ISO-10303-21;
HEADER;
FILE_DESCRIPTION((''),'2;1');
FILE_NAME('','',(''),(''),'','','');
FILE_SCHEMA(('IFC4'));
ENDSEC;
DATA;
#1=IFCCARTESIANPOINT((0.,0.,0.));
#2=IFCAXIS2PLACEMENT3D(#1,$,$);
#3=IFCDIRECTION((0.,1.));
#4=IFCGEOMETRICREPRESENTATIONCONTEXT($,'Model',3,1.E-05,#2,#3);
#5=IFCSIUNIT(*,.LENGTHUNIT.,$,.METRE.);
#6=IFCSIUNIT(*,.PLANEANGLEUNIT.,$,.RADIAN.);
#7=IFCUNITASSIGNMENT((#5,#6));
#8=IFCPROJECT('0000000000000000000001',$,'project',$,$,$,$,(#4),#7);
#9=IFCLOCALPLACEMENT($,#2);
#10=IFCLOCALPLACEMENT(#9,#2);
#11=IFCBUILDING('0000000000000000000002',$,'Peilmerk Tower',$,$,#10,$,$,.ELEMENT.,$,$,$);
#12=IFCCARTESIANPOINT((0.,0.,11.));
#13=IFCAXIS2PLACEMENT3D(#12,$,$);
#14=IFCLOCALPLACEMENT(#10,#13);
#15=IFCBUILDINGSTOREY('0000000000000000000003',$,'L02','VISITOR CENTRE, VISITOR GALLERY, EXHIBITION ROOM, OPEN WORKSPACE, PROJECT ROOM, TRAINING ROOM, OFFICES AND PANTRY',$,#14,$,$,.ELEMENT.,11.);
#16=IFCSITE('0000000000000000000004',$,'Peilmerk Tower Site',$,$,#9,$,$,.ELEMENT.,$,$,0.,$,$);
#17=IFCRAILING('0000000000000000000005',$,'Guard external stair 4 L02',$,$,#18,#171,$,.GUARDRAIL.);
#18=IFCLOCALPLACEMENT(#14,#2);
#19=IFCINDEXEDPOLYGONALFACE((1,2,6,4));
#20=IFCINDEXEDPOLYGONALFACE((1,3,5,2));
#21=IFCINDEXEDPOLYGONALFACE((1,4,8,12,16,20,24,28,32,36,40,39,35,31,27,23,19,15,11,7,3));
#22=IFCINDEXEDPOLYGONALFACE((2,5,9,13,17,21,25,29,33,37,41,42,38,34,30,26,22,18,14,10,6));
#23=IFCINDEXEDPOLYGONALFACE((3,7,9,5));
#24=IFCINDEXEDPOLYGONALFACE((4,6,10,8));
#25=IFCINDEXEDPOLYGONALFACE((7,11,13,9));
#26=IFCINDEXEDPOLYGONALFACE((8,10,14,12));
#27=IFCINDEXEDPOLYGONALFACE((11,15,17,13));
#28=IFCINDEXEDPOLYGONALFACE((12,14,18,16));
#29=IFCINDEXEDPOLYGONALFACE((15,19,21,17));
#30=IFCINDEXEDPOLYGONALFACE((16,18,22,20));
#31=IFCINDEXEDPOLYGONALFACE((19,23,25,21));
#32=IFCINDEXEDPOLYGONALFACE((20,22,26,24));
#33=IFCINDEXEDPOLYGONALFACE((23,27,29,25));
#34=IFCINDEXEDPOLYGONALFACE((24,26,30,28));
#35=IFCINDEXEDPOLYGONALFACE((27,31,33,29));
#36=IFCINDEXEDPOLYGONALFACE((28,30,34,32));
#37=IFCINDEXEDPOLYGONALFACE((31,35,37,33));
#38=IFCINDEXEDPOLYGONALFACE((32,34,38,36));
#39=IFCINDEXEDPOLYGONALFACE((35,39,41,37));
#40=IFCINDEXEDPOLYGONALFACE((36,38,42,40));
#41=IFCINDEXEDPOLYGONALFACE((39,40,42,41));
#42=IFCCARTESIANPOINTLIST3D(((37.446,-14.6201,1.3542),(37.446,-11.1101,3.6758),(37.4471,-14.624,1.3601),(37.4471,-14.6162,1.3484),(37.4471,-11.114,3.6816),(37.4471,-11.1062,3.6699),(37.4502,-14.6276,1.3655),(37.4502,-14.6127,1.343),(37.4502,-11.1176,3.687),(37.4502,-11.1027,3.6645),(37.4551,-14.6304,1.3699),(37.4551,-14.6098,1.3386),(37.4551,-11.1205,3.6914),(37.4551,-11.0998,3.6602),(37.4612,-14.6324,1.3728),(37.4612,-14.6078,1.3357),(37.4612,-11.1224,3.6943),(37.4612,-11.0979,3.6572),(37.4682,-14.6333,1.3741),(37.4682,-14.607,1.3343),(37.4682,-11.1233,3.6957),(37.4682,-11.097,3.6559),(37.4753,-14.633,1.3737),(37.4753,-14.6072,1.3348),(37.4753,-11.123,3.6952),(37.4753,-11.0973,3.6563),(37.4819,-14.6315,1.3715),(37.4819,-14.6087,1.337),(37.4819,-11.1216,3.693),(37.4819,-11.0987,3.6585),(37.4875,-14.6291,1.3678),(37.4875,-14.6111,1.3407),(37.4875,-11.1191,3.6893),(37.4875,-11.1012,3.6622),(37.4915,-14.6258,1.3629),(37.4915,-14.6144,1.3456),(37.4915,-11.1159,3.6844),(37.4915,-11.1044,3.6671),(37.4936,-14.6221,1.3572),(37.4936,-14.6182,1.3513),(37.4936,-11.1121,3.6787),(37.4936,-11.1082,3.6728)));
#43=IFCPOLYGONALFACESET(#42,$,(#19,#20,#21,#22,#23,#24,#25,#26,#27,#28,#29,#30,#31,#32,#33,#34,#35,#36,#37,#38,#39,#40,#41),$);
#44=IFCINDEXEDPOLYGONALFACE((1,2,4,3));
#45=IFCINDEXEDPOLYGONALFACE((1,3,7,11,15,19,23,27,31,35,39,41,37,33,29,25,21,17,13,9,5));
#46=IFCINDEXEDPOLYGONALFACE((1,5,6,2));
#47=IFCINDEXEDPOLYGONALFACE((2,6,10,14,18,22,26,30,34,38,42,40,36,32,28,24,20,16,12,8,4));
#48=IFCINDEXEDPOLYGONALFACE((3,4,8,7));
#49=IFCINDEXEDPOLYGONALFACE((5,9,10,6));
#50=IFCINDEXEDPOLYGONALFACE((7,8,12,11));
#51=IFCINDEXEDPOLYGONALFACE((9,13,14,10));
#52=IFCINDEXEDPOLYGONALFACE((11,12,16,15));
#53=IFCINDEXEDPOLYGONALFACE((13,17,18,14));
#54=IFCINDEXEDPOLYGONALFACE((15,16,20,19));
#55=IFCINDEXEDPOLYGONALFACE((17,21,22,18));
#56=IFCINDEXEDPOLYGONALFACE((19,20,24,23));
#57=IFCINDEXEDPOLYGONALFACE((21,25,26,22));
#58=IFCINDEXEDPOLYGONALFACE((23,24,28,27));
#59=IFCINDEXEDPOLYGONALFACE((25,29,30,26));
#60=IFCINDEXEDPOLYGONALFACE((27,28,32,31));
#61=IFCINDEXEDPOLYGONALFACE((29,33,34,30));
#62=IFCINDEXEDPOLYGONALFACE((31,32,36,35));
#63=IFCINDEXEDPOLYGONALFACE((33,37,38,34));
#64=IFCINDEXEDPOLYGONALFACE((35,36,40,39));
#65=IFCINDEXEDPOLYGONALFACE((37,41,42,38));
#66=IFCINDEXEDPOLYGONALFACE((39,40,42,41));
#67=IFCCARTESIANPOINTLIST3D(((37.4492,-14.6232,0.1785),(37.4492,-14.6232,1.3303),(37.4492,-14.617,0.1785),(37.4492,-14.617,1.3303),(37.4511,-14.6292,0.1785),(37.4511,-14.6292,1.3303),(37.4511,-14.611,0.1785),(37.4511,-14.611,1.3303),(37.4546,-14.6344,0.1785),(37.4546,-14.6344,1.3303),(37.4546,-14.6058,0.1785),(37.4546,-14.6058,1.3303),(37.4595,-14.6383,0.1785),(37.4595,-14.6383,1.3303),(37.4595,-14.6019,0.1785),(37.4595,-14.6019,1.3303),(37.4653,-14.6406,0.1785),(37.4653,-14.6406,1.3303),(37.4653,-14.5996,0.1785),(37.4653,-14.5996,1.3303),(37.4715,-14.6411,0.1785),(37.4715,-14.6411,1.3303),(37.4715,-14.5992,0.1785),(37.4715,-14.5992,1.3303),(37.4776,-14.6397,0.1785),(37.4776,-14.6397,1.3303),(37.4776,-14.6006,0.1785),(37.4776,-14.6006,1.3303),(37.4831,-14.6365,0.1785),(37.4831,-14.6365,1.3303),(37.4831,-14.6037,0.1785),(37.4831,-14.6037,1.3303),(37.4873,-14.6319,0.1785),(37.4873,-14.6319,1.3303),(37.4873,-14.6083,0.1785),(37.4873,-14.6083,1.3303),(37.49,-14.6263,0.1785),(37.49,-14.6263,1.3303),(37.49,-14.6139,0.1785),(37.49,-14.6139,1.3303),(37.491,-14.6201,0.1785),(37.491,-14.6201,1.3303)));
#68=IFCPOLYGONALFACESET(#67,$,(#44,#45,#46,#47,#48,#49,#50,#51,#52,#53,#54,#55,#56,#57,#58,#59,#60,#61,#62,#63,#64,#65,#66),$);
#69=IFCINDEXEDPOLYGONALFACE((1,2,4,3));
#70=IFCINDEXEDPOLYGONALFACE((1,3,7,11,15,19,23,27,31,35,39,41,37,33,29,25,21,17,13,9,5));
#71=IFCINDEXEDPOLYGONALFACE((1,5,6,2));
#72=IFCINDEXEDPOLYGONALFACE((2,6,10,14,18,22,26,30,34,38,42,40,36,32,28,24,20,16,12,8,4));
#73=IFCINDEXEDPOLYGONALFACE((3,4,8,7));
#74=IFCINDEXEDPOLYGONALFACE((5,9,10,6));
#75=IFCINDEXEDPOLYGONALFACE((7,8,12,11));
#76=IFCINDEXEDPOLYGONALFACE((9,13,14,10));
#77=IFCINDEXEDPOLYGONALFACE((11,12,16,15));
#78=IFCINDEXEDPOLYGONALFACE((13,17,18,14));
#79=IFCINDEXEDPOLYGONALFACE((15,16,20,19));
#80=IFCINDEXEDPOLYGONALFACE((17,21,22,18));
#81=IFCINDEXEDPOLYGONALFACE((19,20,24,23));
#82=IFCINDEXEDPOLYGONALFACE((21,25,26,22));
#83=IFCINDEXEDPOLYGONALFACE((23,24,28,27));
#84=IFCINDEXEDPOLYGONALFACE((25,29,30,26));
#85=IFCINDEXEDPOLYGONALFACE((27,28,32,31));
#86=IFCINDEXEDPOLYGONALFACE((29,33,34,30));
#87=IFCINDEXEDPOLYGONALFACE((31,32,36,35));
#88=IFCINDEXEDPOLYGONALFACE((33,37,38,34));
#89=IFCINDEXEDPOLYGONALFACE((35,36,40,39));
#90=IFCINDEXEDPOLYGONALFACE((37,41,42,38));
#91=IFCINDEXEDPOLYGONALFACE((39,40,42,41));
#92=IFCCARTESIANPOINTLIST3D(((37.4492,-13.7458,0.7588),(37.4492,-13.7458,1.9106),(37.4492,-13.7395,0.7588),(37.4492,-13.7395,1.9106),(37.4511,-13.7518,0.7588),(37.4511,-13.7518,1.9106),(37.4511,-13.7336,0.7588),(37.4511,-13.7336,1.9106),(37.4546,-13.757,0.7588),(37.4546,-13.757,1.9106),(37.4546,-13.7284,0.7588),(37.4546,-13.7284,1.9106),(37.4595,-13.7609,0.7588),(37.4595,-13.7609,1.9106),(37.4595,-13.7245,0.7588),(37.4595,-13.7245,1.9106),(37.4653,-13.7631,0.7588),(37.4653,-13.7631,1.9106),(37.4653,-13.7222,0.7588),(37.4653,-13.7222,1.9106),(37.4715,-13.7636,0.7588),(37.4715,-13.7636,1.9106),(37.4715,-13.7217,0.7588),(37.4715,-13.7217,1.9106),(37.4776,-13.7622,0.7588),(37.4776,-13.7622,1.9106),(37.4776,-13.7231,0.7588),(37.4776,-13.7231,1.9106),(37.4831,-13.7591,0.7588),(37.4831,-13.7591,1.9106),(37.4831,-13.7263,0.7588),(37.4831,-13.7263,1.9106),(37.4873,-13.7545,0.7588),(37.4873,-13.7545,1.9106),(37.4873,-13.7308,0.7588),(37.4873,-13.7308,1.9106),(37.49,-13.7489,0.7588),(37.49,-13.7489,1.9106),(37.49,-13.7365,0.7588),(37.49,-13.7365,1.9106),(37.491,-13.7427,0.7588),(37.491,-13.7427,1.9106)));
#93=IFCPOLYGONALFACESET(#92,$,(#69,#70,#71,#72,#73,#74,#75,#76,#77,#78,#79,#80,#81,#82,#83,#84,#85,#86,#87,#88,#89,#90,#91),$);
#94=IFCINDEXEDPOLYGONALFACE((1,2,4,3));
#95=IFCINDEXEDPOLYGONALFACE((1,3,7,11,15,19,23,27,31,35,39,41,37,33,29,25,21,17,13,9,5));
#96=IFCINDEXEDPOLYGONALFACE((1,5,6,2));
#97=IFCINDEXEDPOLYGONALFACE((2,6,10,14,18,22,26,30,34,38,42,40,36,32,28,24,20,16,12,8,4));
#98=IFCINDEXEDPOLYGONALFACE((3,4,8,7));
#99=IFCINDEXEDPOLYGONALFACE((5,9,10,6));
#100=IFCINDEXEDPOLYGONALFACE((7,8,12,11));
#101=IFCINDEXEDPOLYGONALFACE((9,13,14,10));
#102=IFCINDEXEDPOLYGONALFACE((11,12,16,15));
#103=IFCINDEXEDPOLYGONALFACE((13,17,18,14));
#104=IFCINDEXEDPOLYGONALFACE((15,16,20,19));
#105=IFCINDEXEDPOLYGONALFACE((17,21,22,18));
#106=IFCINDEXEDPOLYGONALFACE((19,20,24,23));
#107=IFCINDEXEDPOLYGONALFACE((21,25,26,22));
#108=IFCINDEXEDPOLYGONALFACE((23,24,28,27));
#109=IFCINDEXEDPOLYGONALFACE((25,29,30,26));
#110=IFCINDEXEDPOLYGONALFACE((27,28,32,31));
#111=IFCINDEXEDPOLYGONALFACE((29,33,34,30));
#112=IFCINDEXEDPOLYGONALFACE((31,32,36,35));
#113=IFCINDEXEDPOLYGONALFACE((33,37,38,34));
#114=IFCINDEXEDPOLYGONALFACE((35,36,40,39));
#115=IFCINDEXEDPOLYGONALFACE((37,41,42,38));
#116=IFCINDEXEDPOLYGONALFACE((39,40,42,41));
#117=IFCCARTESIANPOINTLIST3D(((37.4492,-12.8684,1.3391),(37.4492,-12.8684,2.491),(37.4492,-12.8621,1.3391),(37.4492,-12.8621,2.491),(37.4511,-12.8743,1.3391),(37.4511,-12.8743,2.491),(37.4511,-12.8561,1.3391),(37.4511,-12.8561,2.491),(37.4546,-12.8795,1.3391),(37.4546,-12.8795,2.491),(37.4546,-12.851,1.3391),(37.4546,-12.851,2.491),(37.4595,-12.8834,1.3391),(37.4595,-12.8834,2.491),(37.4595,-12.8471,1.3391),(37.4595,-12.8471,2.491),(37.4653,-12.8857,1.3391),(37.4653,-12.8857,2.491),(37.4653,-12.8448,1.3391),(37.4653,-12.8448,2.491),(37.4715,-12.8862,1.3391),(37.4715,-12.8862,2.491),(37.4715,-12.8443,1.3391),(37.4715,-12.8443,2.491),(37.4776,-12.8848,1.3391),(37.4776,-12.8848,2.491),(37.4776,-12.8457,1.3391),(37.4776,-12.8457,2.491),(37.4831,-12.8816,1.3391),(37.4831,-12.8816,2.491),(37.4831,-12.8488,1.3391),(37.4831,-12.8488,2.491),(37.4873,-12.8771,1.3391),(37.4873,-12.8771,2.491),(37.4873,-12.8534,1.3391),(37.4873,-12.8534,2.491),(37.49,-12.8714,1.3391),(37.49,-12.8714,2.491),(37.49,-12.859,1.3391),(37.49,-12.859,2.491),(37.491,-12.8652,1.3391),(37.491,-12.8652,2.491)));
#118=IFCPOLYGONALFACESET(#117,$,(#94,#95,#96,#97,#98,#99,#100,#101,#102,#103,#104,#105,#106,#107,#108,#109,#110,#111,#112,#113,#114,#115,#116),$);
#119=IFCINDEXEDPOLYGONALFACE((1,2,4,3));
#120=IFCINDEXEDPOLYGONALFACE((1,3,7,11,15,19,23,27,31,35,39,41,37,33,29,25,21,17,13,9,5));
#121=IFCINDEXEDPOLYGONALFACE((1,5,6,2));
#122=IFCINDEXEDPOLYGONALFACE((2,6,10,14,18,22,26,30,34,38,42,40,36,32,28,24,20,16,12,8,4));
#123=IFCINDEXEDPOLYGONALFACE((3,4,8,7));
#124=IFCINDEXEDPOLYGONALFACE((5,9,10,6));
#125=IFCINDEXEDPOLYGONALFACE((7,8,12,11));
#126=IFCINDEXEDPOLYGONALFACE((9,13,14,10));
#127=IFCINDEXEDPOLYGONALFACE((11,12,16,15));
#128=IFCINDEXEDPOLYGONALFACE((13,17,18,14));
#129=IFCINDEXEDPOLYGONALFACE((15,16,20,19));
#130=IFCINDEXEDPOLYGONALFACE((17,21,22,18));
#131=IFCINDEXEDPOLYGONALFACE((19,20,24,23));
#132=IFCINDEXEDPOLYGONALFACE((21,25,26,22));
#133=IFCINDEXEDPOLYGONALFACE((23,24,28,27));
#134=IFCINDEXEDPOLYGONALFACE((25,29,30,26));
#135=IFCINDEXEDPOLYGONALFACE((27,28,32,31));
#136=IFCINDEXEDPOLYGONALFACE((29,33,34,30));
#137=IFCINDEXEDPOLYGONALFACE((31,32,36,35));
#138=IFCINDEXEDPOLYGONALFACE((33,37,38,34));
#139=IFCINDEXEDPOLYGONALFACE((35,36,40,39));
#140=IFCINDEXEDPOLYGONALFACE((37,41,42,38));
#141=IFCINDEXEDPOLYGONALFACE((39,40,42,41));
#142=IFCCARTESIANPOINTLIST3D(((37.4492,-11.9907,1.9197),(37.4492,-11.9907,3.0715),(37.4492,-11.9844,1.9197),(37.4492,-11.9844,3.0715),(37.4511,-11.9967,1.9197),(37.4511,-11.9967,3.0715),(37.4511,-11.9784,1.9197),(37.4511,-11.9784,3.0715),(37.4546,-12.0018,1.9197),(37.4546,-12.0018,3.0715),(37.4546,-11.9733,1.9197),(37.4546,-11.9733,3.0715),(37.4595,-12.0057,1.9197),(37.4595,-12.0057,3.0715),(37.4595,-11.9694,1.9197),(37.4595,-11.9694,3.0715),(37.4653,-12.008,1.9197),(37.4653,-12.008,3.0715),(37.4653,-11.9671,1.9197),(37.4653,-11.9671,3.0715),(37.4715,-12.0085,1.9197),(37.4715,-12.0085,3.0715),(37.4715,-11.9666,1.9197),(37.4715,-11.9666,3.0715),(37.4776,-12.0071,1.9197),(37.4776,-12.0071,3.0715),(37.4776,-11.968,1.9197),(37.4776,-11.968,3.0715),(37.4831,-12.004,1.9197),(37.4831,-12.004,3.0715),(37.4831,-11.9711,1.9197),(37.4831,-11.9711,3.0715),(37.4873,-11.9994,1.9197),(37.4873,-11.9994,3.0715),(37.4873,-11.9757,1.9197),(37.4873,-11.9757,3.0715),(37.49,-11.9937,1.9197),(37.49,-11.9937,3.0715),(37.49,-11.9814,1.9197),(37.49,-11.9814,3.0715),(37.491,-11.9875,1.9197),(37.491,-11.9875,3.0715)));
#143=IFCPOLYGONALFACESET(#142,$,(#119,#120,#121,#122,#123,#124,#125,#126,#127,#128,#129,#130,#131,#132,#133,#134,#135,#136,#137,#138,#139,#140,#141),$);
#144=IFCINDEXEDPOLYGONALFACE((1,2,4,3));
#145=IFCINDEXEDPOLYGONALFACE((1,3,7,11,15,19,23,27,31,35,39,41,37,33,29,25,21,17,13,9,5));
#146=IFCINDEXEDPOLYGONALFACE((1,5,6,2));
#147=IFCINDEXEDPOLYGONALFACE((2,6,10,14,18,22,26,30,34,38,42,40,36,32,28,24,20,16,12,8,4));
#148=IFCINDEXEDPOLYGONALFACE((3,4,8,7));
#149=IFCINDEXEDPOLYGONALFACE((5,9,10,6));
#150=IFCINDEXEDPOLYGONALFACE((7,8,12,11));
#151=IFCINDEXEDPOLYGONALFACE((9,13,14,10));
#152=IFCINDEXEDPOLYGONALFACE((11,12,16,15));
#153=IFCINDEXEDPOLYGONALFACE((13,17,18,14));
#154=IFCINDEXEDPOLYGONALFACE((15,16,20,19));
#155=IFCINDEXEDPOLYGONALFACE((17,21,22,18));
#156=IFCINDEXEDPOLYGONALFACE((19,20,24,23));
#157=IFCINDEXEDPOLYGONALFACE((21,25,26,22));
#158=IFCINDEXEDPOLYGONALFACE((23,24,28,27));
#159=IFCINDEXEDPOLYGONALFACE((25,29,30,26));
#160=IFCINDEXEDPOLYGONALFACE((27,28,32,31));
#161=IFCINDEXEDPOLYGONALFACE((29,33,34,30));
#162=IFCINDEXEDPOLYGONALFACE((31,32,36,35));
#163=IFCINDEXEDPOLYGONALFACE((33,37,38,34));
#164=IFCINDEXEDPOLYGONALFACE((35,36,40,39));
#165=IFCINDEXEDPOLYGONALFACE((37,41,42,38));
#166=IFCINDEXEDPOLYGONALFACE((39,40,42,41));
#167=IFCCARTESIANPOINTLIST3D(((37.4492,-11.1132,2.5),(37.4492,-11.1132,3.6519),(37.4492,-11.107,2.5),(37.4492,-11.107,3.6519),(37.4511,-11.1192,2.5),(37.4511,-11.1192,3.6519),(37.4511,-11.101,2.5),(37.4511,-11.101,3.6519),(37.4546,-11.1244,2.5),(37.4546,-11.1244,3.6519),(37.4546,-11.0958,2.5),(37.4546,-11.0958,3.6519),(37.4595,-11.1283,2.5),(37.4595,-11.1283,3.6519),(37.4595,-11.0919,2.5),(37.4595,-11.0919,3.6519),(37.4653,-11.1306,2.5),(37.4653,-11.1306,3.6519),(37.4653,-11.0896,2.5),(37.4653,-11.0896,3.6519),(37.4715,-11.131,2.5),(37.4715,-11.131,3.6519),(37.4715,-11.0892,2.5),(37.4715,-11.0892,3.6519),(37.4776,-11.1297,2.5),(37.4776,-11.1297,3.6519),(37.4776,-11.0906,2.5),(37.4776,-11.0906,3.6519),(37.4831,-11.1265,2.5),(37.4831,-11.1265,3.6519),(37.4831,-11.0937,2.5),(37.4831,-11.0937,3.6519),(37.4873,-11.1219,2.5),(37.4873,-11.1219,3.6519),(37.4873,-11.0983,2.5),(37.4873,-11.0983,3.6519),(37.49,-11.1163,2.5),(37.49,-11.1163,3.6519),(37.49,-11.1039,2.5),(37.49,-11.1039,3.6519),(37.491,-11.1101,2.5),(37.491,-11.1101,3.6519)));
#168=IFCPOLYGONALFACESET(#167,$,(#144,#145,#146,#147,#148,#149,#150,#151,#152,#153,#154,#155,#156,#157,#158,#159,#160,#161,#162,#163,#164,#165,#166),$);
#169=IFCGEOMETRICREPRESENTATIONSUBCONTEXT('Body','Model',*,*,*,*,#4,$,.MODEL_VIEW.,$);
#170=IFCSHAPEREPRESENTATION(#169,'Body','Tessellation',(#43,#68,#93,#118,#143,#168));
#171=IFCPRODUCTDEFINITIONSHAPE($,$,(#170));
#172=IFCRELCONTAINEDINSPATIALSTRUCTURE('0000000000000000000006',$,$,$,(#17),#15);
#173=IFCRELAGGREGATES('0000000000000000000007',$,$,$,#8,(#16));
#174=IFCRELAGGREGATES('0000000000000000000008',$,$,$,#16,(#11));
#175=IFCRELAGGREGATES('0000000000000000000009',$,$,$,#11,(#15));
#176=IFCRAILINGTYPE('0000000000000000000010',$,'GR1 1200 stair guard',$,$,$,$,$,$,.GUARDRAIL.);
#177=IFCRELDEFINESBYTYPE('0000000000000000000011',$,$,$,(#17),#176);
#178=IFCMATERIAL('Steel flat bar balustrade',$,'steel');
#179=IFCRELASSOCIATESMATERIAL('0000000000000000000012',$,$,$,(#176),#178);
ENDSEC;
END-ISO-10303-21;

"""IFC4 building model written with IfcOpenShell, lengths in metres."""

from ifc_helpers import new_model, si_unit, direction, frame, origin, origin_2d, place, context, subcontext, project, spatial, circle, extrude, material, type_object, element, save


model = new_model("IFC4")

# Units and contexts
model_context = context("Model", 3, precision=1e-05, world=origin(), true_north=direction((0.0, 1.0)))
body_context = subcontext(model_context, "Body", "Model", "MODEL_VIEW")
ifc_project = project(units=[si_unit("LENGTHUNIT", "METRE"), si_unit("PLANEANGLEUNIT", "RADIAN")], contexts=[model_context])

# Site, building, storey
site_placement = place(None, origin())
site = spatial("IfcSite", under=ifc_project, at=site_placement, Name="Peilmerk Tower Site", CompositionType="ELEMENT", RefElevation=0.0)
building_placement = place(site_placement, origin())
building = spatial("IfcBuilding", under=site, at=building_placement, Name="Peilmerk Tower", CompositionType="ELEMENT")
storey_placement = place(building_placement, frame((0.0, 0.0, 11.0)))
storey = spatial("IfcBuildingStorey", under=building, at=storey_placement, Name="L02", Description="VISITOR CENTRE, VISITOR GALLERY, EXHIBITION ROOM, OPEN WORKSPACE, PROJECT ROOM, TRAINING ROOM, OFFICES AND PANTRY", CompositionType="ELEMENT", Elevation=11.0)

# Railing
ifc_material_1 = material(Name="Steel flat bar balustrade", Category="steel")
railing_type_1 = type_object("IfcRailingType", Name="GR1 1200 stair guard", PredefinedType="GUARDRAIL", material=ifc_material_1)
for number, where, name in (
    (1, (37.47, -14.6201, 0.1785), "Guard external stair 4 L02"),
):
    element("IfcRailing", number, at=place(storey_placement, frame(where)), inside=storey, type_object=railing_type_1, Name=name, PredefinedType="GUARDRAIL", context=body_context, shape_type="SweptSolid", body=[
        extrude(circle(Radius=0.0239, at=origin_2d()), frame((0.0, 0.0, 1.1758), z_axis=(0.0, 0.834071, 0.551657), x_axis=(-1.0, 0.0, 0.0)), (0.0, 0.0, 1.0), 4.2083),
        extrude(circle(Radius=0.021, at=origin_2d()), origin(), (0.0, 0.0, 1.0), 1.1519),
        extrude(circle(Radius=0.021, at=origin_2d()), frame((0.0, 0.8774, 0.5803)), (0.0, 0.0, 1.0), 1.1519),
        extrude(circle(Radius=0.021, at=origin_2d()), frame((0.0, 1.7549, 1.1606)), (0.0, 0.0, 1.0), 1.1519),
        extrude(circle(Radius=0.021, at=origin_2d()), frame((0.0, 2.6326, 1.7412)), (0.0, 0.0, 1.0), 1.1519),
        extrude(circle(Radius=0.021, at=origin_2d()), frame((0.0, 3.51, 2.3215)), (0.0, 0.0, 1.0), 1.1519),
    ])

save(model, "model.ifc")
